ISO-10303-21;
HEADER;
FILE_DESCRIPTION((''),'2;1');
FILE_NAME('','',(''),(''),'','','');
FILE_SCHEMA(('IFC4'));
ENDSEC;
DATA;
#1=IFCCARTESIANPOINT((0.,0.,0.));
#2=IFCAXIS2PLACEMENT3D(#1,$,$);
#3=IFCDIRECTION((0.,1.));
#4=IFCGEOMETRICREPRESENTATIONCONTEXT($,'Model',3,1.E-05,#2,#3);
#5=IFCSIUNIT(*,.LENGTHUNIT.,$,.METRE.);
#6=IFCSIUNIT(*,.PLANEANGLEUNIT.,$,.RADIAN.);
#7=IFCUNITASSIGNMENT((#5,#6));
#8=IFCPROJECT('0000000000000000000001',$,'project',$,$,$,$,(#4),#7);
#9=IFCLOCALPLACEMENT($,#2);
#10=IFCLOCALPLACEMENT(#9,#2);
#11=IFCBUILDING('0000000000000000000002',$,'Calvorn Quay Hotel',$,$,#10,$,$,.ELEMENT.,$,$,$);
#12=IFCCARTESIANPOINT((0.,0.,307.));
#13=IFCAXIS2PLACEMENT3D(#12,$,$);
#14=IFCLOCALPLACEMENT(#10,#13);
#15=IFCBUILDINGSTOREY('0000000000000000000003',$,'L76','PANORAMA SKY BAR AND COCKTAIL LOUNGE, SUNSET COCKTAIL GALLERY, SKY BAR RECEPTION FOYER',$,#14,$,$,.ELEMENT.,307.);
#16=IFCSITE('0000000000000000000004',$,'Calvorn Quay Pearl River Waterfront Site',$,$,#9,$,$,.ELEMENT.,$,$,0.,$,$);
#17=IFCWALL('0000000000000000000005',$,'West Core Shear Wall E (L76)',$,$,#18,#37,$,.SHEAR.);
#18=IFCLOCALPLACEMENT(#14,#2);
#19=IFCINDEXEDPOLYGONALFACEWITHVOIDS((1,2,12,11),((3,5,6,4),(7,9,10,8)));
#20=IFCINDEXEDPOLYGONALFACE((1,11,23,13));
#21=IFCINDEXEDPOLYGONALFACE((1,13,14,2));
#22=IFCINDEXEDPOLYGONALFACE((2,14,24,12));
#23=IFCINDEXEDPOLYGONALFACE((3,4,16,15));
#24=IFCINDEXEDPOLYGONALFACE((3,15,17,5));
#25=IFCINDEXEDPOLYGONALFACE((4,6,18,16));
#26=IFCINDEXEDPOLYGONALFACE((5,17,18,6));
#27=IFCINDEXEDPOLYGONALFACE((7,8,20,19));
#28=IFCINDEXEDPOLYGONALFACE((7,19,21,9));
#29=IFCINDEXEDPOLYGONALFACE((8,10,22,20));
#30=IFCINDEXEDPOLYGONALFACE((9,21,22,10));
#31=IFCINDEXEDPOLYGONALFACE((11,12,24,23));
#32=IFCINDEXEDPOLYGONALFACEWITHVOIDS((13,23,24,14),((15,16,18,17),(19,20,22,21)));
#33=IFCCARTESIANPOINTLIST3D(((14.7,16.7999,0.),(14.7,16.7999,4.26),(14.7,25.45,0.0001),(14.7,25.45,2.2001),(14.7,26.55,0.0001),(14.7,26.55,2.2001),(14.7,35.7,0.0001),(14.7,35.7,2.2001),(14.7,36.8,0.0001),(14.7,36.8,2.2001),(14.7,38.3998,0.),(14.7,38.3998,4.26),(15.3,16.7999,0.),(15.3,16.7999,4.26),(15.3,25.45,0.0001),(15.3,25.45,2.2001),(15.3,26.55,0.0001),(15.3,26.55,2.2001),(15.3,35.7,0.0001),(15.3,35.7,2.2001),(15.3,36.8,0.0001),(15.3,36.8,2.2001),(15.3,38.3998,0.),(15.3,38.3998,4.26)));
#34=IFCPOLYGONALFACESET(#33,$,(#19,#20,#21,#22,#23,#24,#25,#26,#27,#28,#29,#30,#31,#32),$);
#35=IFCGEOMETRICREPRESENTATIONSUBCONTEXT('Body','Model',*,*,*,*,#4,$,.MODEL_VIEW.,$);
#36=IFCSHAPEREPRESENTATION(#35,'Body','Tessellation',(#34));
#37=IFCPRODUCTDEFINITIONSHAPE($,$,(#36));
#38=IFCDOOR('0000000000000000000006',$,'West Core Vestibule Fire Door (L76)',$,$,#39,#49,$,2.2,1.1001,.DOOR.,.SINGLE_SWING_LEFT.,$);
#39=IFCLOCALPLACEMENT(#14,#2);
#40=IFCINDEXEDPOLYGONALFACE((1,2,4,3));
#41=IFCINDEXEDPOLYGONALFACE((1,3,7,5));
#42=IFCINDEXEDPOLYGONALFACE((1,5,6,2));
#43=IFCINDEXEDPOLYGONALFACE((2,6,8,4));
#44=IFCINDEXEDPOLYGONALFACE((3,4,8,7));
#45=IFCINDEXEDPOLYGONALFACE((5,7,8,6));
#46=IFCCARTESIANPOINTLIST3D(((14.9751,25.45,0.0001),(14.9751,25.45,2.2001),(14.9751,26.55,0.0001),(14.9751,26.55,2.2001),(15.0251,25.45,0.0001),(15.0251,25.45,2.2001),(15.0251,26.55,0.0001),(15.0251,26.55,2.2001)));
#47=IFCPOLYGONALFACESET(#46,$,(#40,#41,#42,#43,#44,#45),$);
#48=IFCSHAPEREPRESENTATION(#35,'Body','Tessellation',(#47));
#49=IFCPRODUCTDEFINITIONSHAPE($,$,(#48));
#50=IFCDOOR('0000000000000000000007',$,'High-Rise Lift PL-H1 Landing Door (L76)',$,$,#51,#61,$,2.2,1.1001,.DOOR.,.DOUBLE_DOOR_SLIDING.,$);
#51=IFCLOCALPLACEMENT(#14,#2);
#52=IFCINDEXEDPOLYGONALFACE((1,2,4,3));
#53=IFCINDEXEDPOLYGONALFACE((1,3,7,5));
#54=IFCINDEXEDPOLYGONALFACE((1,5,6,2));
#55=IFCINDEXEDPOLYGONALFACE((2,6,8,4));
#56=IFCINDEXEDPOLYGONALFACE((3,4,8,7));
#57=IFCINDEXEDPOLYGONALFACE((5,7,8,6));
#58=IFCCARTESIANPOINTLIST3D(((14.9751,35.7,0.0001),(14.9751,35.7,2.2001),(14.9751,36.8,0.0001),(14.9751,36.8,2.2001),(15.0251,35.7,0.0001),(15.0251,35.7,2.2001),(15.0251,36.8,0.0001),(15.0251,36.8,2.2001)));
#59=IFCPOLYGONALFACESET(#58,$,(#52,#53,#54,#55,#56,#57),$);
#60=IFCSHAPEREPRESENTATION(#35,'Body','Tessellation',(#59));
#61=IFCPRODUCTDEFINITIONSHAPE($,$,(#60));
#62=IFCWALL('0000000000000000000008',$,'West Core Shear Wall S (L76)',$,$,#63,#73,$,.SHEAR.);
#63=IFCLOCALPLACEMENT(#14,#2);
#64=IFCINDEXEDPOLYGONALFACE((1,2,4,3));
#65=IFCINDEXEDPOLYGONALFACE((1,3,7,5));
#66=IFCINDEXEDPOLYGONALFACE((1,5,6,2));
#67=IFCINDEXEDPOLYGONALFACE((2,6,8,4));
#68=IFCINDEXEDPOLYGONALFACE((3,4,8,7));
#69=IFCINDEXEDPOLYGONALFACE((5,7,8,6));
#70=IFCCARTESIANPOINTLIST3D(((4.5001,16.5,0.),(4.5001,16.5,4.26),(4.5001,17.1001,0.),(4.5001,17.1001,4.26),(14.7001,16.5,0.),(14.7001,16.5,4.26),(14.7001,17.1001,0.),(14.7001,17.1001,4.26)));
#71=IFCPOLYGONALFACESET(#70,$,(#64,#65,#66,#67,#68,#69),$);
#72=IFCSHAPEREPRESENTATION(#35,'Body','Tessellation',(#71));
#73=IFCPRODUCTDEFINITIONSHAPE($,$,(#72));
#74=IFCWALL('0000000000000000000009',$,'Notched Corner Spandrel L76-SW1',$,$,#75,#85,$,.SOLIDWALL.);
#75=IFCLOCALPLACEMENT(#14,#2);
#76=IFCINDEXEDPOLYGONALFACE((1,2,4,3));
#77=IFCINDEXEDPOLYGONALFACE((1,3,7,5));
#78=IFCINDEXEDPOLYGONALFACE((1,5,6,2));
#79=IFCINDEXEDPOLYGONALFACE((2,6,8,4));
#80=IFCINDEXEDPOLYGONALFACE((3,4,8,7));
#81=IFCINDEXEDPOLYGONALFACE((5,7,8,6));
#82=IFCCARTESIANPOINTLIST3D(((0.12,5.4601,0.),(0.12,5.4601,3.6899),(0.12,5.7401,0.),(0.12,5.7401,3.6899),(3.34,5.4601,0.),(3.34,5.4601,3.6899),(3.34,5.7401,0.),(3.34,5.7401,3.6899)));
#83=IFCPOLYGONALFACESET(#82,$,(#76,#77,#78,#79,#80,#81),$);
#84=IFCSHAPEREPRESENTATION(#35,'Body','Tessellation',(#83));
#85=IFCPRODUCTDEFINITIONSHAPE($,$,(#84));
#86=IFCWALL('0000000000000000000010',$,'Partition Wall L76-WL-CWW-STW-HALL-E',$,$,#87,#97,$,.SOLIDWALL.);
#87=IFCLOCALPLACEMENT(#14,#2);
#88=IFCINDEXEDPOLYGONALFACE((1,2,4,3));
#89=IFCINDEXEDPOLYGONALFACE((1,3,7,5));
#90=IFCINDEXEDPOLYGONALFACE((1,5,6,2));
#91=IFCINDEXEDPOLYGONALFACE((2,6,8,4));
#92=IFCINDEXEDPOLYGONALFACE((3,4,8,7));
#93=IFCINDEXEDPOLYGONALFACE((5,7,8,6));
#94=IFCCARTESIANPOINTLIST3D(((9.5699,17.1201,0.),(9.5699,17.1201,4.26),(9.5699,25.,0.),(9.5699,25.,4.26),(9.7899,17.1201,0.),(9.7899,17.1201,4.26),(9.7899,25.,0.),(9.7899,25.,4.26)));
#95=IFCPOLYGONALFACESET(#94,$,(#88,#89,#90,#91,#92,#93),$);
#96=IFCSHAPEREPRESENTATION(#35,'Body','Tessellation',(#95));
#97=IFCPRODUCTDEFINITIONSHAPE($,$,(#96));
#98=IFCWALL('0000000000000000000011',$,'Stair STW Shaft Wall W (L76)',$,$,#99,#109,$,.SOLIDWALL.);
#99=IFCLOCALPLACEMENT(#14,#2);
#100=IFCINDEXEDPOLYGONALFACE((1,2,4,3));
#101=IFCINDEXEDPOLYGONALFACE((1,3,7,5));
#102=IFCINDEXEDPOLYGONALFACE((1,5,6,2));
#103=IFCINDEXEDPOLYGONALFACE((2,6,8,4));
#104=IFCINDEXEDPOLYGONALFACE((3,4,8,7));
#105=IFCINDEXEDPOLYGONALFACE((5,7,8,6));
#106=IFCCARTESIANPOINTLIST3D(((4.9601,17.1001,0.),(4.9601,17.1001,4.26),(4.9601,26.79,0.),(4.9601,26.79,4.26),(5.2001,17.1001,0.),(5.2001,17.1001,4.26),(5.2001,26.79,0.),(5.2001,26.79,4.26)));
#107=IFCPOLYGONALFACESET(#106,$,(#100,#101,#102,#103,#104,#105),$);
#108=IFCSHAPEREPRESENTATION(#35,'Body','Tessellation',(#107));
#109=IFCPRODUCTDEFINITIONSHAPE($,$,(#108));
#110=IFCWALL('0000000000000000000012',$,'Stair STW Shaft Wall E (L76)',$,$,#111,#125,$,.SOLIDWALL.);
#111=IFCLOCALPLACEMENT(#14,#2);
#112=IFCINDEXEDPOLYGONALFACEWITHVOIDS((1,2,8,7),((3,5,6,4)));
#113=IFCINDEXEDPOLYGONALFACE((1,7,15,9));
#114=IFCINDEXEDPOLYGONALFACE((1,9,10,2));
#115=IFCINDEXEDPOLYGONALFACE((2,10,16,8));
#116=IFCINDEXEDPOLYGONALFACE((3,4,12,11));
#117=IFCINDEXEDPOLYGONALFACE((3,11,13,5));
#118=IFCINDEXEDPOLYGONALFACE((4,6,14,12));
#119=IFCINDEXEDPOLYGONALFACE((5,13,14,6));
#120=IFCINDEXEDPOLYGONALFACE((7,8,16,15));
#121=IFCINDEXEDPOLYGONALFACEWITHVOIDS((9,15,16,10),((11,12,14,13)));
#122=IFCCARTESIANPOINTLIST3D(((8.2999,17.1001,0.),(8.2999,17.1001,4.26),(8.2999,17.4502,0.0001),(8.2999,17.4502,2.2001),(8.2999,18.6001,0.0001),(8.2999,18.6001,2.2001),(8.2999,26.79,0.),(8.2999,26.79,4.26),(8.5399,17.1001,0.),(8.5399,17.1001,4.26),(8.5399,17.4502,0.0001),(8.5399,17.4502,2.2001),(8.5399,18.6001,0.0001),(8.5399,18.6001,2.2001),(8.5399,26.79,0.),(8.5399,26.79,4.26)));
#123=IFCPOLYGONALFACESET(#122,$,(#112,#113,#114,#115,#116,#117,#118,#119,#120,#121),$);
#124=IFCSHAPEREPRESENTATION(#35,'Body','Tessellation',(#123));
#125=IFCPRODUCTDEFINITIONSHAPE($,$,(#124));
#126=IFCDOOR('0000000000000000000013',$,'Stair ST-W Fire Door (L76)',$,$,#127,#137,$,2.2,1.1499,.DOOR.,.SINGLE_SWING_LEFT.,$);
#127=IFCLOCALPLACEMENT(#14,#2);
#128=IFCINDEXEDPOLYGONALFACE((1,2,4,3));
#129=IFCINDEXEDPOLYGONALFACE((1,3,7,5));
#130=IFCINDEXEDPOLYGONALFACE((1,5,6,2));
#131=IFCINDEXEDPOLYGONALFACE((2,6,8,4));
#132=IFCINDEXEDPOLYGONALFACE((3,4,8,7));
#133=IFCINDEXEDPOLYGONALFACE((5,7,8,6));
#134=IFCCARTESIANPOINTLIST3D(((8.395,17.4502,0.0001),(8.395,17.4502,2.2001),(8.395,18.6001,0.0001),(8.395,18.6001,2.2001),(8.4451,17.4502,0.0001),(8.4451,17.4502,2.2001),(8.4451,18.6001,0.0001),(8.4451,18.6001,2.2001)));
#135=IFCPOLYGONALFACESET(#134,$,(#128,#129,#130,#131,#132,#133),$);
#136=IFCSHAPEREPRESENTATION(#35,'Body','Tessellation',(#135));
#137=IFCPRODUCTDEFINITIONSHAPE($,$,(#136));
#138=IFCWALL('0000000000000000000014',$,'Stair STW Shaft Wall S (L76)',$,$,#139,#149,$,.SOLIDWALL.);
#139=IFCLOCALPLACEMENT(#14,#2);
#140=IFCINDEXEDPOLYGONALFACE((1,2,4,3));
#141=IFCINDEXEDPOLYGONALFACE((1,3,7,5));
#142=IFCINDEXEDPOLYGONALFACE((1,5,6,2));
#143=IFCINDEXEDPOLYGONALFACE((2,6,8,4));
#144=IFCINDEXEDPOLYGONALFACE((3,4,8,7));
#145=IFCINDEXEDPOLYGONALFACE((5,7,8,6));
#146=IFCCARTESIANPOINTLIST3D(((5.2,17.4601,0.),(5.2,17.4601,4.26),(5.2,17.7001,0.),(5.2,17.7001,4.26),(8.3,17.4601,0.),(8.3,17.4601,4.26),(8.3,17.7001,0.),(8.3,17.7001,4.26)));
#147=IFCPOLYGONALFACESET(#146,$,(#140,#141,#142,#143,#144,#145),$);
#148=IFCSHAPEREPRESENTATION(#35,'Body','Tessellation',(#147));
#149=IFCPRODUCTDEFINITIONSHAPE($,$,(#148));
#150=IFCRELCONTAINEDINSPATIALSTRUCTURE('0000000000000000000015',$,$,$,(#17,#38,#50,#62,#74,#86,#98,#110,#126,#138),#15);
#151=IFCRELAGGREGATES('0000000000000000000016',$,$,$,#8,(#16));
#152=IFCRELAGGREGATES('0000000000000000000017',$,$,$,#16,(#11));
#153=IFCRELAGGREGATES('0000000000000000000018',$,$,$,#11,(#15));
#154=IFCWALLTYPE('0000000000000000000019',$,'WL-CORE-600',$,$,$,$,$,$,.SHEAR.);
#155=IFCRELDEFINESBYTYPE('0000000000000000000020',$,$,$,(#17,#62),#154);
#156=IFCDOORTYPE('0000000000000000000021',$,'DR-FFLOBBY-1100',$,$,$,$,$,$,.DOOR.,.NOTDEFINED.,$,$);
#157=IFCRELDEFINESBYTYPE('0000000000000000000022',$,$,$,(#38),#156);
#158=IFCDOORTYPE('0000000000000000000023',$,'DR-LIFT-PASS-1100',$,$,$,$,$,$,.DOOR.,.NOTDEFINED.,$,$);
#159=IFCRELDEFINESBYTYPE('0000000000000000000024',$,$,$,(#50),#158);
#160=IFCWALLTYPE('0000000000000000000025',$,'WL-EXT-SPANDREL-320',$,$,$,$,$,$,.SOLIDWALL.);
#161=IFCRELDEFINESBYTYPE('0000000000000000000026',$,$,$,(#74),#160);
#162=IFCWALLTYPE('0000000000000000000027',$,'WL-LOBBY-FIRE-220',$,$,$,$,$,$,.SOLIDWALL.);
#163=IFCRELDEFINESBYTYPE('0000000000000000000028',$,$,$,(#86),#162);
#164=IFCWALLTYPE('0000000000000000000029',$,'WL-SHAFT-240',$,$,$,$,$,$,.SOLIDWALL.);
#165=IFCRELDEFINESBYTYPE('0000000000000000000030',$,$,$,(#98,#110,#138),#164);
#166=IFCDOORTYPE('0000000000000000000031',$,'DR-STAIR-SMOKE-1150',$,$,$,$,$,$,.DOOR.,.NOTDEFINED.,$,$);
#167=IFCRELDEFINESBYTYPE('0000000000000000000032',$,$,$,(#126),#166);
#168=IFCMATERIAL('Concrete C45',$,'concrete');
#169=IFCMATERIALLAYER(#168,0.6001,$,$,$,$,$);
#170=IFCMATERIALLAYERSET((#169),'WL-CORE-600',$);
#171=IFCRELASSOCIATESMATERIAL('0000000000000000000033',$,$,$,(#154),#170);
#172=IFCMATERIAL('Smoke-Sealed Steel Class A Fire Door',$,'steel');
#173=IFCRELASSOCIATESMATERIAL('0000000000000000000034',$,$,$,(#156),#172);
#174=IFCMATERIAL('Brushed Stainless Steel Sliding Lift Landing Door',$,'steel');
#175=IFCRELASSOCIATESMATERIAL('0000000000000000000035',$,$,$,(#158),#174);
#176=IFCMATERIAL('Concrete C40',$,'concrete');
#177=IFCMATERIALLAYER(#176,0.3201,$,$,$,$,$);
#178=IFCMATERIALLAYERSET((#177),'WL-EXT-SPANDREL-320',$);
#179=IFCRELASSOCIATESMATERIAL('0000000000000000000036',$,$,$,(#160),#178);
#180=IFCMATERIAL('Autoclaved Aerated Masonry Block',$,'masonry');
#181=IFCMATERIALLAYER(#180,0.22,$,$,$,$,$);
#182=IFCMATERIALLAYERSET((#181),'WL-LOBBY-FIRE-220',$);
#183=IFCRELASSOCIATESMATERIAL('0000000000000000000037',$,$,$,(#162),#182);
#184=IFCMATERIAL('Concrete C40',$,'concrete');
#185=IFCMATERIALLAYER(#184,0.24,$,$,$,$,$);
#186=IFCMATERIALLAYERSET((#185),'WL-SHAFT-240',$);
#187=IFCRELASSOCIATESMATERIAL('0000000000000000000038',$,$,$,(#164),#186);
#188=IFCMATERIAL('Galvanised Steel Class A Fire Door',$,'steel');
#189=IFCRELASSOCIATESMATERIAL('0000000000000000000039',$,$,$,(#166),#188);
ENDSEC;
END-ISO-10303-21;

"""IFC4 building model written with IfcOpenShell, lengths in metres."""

from ifc_helpers import new_model, si_unit, direction, frame, frame_2d, origin, place, context, subcontext, project, spatial, rectangle, extrude, material, layer, layer_set, type_object, element, fill, save


model = new_model("IFC4")

# Units and contexts
model_context = context("Model", 3, precision=1e-05, world=origin(), true_north=direction((0.0, 1.0)))
body_context = subcontext(model_context, "Body", "Model", "MODEL_VIEW")
ifc_project = project(units=[si_unit("LENGTHUNIT", "METRE"), si_unit("PLANEANGLEUNIT", "RADIAN")], contexts=[model_context])

# Site, building, storey
site_placement = place(None, origin())
site = spatial("IfcSite", under=ifc_project, at=site_placement, Name="Calvorn Quay Pearl River Waterfront Site", CompositionType="ELEMENT", RefElevation=0.0)
building_placement = place(site_placement, origin())
building = spatial("IfcBuilding", under=site, at=building_placement, Name="Calvorn Quay Hotel", CompositionType="ELEMENT")
storey_placement = place(building_placement, frame((0.0, 0.0, 307.0)))
storey = spatial("IfcBuildingStorey", under=building, at=storey_placement, Name="L76", Description="PANORAMA SKY BAR AND COCKTAIL LOUNGE, SUNSET COCKTAIL GALLERY, SKY BAR RECEPTION FOYER", CompositionType="ELEMENT", Elevation=307.0)

# Shared definitions
ifc_material_1 = material(Name="Concrete C45", Category="concrete")
ifc_layer_1 = layer(ifc_material_1, 0.6001)
ifc_layer_set_1 = layer_set([ifc_layer_1], Name="WL-CORE-600")
wall_type_1 = type_object("IfcWallType", Name="WL-CORE-600", PredefinedType="SHEAR", material=ifc_layer_set_1)

# Wall, openings, doors
wall_1_placement = place(storey_placement, frame((15.0, 16.8, 0.0), z_axis=(0.0, 0.0, 1.0), x_axis=(0.0, 1.0, 0.0)))
wall_1 = element("IfcWall", 1, at=wall_1_placement, inside=storey, type_object=wall_type_1, Name="West Core Shear Wall E (L76)", PredefinedType="SHEAR", context=body_context, shape_type="SweptSolid", body=[
    extrude(rectangle(XDim=21.5999, YDim=0.6001, at=frame_2d((10.7998, 0.0))), origin(), (0.0, 0.0, 1.0), 4.26),
])
opening_1_placement = place(wall_1_placement, frame((8.6499, 0.0, 0.0)))
opening_1 = element("IfcOpeningElement", 2, at=opening_1_placement, cuts=wall_1, PredefinedType="OPENING", context=body_context, shape_type="SweptSolid", body=[
    extrude(rectangle(XDim=1.1001, YDim=2.2, at=frame_2d((0.55, 1.1001))), frame((0.0, 0.3101, 0.0), z_axis=(0.0, -1.0, 0.0), x_axis=(1.0, 0.0, 0.0)), (0.0, 0.0, 1.0), 0.6201),
])
opening_2_placement = place(wall_1_placement, frame((18.8999, 0.0, 0.0)))
opening_2 = element("IfcOpeningElement", 3, at=opening_2_placement, cuts=wall_1, PredefinedType="OPENING", context=body_context, shape_type="SweptSolid", body=[
    extrude(rectangle(XDim=1.1001, YDim=2.2, at=frame_2d((0.55, 1.1001))), frame((0.0, 0.3101, 0.0), z_axis=(0.0, -1.0, 0.0), x_axis=(1.0, 0.0, 0.0)), (0.0, 0.0, 1.0), 0.6201),
])
ifc_material_2 = material(Name="Smoke-Sealed Steel Class A Fire Door", Category="steel")
door_type_1 = type_object("IfcDoorType", Name="DR-FFLOBBY-1100", OperationType="NOTDEFINED", PredefinedType="DOOR", material=ifc_material_2)
door_1_placement = place(opening_1_placement, origin())
door_1 = element("IfcDoor", 4, at=door_1_placement, inside=storey, type_object=door_type_1, Name="West Core Vestibule Fire Door (L76)", OperationType="SINGLE_SWING_LEFT", OverallHeight=2.2, OverallWidth=1.1001, PredefinedType="DOOR", context=body_context, shape_type="SweptSolid", body=[
    extrude(rectangle(XDim=1.1001, YDim=2.2, at=frame_2d((0.55, 1.1001))), frame((0.0, 0.0249, 0.0), z_axis=(0.0, -1.0, 0.0), x_axis=(1.0, 0.0, 0.0)), (0.0, 0.0, 1.0), 0.05),
])
fill(opening_1, door_1)
ifc_material_3 = material(Name="Brushed Stainless Steel Sliding Lift Landing Door", Category="steel")
door_type_2 = type_object("IfcDoorType", Name="DR-LIFT-PASS-1100", OperationType="NOTDEFINED", PredefinedType="DOOR", material=ifc_material_3)
door_2_placement = place(opening_2_placement, origin())
door_2 = element("IfcDoor", 5, at=door_2_placement, inside=storey, type_object=door_type_2, Name="High-Rise Lift PL-H1 Landing Door (L76)", OperationType="DOUBLE_DOOR_SLIDING", OverallHeight=2.2, OverallWidth=1.1001, PredefinedType="DOOR", context=body_context, shape_type="SweptSolid", body=[
    extrude(rectangle(XDim=1.1001, YDim=2.2, at=frame_2d((0.55, 1.1001))), frame((0.0, 0.0249, 0.0), z_axis=(0.0, -1.0, 0.0), x_axis=(1.0, 0.0, 0.0)), (0.0, 0.0, 1.0), 0.05),
])
fill(opening_2, door_2)

# Walls
wall_2_placement = place(storey_placement, frame((4.5, 16.8, 0.0), z_axis=(0.0, 0.0, 1.0), x_axis=(1.0, 0.0, 0.0)))
element("IfcWall", 6, at=wall_2_placement, inside=storey, type_object=wall_type_1, Name="West Core Shear Wall S (L76)", PredefinedType="SHEAR", context=body_context, shape_type="SweptSolid", body=[
    extrude(rectangle(XDim=10.2, YDim=0.6001, at=frame_2d((5.1001, 0.0))), origin(), (0.0, 0.0, 1.0), 4.26),
])
ifc_material_4 = material(Name="Concrete C40", Category="concrete")
ifc_layer_2 = layer(ifc_material_4, 0.3201)
ifc_layer_set_2 = layer_set([ifc_layer_2], Name="WL-EXT-SPANDREL-320")
wall_type_2 = type_object("IfcWallType", Name="WL-EXT-SPANDREL-320", PredefinedType="SOLIDWALL", material=ifc_layer_set_2)
wall_3_placement = place(storey_placement, frame((0.1201, 5.6001, 0.0), z_axis=(0.0, 0.0, 1.0), x_axis=(1.0, 0.0, 0.0)))
element("IfcWall", 7, at=wall_3_placement, inside=storey, type_object=wall_type_2, Name="Notched Corner Spandrel L76-SW1", PredefinedType="SOLIDWALL", context=body_context, shape_type="SweptSolid", body=[
    extrude(rectangle(XDim=3.22, YDim=0.28, at=frame_2d((1.6099, 0.0))), origin(), (0.0, 0.0, 1.0), 3.6899),
])
ifc_material_5 = material(Name="Autoclaved Aerated Masonry Block", Category="masonry")
ifc_layer_3 = layer(ifc_material_5, 0.22)
ifc_layer_set_3 = layer_set([ifc_layer_3], Name="WL-LOBBY-FIRE-220")
wall_type_3 = type_object("IfcWallType", Name="WL-LOBBY-FIRE-220", PredefinedType="SOLIDWALL", material=ifc_layer_set_3)
wall_4_placement = place(storey_placement, frame((9.6799, 17.1201, 0.0), z_axis=(0.0, 0.0, 1.0), x_axis=(0.0, 1.0, 0.0)))
element("IfcWall", 8, at=wall_4_placement, inside=storey, type_object=wall_type_3, Name="Partition Wall L76-WL-CWW-STW-HALL-E", PredefinedType="SOLIDWALL", context=body_context, shape_type="SweptSolid", body=[
    extrude(rectangle(XDim=7.8799, YDim=0.22, at=frame_2d((3.9399, 0.0))), origin(), (0.0, 0.0, 1.0), 4.26),
])
ifc_material_6 = material(Name="Concrete C40", Category="concrete")
ifc_layer_4 = layer(ifc_material_6, 0.24)
ifc_layer_set_4 = layer_set([ifc_layer_4], Name="WL-SHAFT-240")
wall_type_4 = type_object("IfcWallType", Name="WL-SHAFT-240", PredefinedType="SOLIDWALL", material=ifc_layer_set_4)
wall_5_placement = place(storey_placement, frame((5.0801, 17.1001, 0.0), z_axis=(0.0, 0.0, 1.0), x_axis=(0.0, 1.0, 0.0)))
element("IfcWall", 9, at=wall_5_placement, inside=storey, type_object=wall_type_4, Name="Stair STW Shaft Wall W (L76)", PredefinedType="SOLIDWALL", context=body_context, shape_type="SweptSolid", body=[
    extrude(rectangle(XDim=9.6899, YDim=0.24, at=frame_2d((4.845, 0.0))), origin(), (0.0, 0.0, 1.0), 4.26),
])

# Wall, opening, door
wall_6_placement = place(storey_placement, frame((8.4199, 17.1001, 0.0), z_axis=(0.0, 0.0, 1.0), x_axis=(0.0, 1.0, 0.0)))
wall_6 = element("IfcWall", 10, at=wall_6_placement, inside=storey, type_object=wall_type_4, Name="Stair STW Shaft Wall E (L76)", PredefinedType="SOLIDWALL", context=body_context, shape_type="SweptSolid", body=[
    extrude(rectangle(XDim=9.6899, YDim=0.24, at=frame_2d((4.845, 0.0))), origin(), (0.0, 0.0, 1.0), 4.26),
])
opening_3_placement = place(wall_6_placement, frame((0.3501, 0.0, 0.0)))
opening_3 = element("IfcOpeningElement", 11, at=opening_3_placement, cuts=wall_6, PredefinedType="OPENING", context=body_context, shape_type="SweptSolid", body=[
    extrude(rectangle(XDim=1.1499, YDim=2.2, at=frame_2d((0.575, 1.1001))), frame((0.0, 0.1299, 0.0), z_axis=(0.0, -1.0, 0.0), x_axis=(1.0, 0.0, 0.0)), (0.0, 0.0, 1.0), 0.26),
])
ifc_material_7 = material(Name="Galvanised Steel Class A Fire Door", Category="steel")
door_type_3 = type_object("IfcDoorType", Name="DR-STAIR-SMOKE-1150", OperationType="NOTDEFINED", PredefinedType="DOOR", material=ifc_material_7)
door_3_placement = place(opening_3_placement, origin())
door_3 = element("IfcDoor", 12, at=door_3_placement, inside=storey, type_object=door_type_3, Name="Stair ST-W Fire Door (L76)", OperationType="SINGLE_SWING_LEFT", OverallHeight=2.2, OverallWidth=1.1499, PredefinedType="DOOR", context=body_context, shape_type="SweptSolid", body=[
    extrude(rectangle(XDim=1.1499, YDim=2.2, at=frame_2d((0.575, 1.1001))), frame((0.0, 0.0249, 0.0), z_axis=(0.0, -1.0, 0.0), x_axis=(1.0, 0.0, 0.0)), (0.0, 0.0, 1.0), 0.05),
])
fill(opening_3, door_3)

# Wall
wall_7_placement = place(storey_placement, frame((5.2, 17.5801, 0.0), z_axis=(0.0, 0.0, 1.0), x_axis=(1.0, 0.0, 0.0)))
element("IfcWall", 13, at=wall_7_placement, inside=storey, type_object=wall_type_4, Name="Stair STW Shaft Wall S (L76)", PredefinedType="SOLIDWALL", context=body_context, shape_type="SweptSolid", body=[
    extrude(rectangle(XDim=3.1001, YDim=0.24, at=frame_2d((1.55, 0.0))), origin(), (0.0, 0.0, 1.0), 4.26),
])

save(model, "model.ifc")
